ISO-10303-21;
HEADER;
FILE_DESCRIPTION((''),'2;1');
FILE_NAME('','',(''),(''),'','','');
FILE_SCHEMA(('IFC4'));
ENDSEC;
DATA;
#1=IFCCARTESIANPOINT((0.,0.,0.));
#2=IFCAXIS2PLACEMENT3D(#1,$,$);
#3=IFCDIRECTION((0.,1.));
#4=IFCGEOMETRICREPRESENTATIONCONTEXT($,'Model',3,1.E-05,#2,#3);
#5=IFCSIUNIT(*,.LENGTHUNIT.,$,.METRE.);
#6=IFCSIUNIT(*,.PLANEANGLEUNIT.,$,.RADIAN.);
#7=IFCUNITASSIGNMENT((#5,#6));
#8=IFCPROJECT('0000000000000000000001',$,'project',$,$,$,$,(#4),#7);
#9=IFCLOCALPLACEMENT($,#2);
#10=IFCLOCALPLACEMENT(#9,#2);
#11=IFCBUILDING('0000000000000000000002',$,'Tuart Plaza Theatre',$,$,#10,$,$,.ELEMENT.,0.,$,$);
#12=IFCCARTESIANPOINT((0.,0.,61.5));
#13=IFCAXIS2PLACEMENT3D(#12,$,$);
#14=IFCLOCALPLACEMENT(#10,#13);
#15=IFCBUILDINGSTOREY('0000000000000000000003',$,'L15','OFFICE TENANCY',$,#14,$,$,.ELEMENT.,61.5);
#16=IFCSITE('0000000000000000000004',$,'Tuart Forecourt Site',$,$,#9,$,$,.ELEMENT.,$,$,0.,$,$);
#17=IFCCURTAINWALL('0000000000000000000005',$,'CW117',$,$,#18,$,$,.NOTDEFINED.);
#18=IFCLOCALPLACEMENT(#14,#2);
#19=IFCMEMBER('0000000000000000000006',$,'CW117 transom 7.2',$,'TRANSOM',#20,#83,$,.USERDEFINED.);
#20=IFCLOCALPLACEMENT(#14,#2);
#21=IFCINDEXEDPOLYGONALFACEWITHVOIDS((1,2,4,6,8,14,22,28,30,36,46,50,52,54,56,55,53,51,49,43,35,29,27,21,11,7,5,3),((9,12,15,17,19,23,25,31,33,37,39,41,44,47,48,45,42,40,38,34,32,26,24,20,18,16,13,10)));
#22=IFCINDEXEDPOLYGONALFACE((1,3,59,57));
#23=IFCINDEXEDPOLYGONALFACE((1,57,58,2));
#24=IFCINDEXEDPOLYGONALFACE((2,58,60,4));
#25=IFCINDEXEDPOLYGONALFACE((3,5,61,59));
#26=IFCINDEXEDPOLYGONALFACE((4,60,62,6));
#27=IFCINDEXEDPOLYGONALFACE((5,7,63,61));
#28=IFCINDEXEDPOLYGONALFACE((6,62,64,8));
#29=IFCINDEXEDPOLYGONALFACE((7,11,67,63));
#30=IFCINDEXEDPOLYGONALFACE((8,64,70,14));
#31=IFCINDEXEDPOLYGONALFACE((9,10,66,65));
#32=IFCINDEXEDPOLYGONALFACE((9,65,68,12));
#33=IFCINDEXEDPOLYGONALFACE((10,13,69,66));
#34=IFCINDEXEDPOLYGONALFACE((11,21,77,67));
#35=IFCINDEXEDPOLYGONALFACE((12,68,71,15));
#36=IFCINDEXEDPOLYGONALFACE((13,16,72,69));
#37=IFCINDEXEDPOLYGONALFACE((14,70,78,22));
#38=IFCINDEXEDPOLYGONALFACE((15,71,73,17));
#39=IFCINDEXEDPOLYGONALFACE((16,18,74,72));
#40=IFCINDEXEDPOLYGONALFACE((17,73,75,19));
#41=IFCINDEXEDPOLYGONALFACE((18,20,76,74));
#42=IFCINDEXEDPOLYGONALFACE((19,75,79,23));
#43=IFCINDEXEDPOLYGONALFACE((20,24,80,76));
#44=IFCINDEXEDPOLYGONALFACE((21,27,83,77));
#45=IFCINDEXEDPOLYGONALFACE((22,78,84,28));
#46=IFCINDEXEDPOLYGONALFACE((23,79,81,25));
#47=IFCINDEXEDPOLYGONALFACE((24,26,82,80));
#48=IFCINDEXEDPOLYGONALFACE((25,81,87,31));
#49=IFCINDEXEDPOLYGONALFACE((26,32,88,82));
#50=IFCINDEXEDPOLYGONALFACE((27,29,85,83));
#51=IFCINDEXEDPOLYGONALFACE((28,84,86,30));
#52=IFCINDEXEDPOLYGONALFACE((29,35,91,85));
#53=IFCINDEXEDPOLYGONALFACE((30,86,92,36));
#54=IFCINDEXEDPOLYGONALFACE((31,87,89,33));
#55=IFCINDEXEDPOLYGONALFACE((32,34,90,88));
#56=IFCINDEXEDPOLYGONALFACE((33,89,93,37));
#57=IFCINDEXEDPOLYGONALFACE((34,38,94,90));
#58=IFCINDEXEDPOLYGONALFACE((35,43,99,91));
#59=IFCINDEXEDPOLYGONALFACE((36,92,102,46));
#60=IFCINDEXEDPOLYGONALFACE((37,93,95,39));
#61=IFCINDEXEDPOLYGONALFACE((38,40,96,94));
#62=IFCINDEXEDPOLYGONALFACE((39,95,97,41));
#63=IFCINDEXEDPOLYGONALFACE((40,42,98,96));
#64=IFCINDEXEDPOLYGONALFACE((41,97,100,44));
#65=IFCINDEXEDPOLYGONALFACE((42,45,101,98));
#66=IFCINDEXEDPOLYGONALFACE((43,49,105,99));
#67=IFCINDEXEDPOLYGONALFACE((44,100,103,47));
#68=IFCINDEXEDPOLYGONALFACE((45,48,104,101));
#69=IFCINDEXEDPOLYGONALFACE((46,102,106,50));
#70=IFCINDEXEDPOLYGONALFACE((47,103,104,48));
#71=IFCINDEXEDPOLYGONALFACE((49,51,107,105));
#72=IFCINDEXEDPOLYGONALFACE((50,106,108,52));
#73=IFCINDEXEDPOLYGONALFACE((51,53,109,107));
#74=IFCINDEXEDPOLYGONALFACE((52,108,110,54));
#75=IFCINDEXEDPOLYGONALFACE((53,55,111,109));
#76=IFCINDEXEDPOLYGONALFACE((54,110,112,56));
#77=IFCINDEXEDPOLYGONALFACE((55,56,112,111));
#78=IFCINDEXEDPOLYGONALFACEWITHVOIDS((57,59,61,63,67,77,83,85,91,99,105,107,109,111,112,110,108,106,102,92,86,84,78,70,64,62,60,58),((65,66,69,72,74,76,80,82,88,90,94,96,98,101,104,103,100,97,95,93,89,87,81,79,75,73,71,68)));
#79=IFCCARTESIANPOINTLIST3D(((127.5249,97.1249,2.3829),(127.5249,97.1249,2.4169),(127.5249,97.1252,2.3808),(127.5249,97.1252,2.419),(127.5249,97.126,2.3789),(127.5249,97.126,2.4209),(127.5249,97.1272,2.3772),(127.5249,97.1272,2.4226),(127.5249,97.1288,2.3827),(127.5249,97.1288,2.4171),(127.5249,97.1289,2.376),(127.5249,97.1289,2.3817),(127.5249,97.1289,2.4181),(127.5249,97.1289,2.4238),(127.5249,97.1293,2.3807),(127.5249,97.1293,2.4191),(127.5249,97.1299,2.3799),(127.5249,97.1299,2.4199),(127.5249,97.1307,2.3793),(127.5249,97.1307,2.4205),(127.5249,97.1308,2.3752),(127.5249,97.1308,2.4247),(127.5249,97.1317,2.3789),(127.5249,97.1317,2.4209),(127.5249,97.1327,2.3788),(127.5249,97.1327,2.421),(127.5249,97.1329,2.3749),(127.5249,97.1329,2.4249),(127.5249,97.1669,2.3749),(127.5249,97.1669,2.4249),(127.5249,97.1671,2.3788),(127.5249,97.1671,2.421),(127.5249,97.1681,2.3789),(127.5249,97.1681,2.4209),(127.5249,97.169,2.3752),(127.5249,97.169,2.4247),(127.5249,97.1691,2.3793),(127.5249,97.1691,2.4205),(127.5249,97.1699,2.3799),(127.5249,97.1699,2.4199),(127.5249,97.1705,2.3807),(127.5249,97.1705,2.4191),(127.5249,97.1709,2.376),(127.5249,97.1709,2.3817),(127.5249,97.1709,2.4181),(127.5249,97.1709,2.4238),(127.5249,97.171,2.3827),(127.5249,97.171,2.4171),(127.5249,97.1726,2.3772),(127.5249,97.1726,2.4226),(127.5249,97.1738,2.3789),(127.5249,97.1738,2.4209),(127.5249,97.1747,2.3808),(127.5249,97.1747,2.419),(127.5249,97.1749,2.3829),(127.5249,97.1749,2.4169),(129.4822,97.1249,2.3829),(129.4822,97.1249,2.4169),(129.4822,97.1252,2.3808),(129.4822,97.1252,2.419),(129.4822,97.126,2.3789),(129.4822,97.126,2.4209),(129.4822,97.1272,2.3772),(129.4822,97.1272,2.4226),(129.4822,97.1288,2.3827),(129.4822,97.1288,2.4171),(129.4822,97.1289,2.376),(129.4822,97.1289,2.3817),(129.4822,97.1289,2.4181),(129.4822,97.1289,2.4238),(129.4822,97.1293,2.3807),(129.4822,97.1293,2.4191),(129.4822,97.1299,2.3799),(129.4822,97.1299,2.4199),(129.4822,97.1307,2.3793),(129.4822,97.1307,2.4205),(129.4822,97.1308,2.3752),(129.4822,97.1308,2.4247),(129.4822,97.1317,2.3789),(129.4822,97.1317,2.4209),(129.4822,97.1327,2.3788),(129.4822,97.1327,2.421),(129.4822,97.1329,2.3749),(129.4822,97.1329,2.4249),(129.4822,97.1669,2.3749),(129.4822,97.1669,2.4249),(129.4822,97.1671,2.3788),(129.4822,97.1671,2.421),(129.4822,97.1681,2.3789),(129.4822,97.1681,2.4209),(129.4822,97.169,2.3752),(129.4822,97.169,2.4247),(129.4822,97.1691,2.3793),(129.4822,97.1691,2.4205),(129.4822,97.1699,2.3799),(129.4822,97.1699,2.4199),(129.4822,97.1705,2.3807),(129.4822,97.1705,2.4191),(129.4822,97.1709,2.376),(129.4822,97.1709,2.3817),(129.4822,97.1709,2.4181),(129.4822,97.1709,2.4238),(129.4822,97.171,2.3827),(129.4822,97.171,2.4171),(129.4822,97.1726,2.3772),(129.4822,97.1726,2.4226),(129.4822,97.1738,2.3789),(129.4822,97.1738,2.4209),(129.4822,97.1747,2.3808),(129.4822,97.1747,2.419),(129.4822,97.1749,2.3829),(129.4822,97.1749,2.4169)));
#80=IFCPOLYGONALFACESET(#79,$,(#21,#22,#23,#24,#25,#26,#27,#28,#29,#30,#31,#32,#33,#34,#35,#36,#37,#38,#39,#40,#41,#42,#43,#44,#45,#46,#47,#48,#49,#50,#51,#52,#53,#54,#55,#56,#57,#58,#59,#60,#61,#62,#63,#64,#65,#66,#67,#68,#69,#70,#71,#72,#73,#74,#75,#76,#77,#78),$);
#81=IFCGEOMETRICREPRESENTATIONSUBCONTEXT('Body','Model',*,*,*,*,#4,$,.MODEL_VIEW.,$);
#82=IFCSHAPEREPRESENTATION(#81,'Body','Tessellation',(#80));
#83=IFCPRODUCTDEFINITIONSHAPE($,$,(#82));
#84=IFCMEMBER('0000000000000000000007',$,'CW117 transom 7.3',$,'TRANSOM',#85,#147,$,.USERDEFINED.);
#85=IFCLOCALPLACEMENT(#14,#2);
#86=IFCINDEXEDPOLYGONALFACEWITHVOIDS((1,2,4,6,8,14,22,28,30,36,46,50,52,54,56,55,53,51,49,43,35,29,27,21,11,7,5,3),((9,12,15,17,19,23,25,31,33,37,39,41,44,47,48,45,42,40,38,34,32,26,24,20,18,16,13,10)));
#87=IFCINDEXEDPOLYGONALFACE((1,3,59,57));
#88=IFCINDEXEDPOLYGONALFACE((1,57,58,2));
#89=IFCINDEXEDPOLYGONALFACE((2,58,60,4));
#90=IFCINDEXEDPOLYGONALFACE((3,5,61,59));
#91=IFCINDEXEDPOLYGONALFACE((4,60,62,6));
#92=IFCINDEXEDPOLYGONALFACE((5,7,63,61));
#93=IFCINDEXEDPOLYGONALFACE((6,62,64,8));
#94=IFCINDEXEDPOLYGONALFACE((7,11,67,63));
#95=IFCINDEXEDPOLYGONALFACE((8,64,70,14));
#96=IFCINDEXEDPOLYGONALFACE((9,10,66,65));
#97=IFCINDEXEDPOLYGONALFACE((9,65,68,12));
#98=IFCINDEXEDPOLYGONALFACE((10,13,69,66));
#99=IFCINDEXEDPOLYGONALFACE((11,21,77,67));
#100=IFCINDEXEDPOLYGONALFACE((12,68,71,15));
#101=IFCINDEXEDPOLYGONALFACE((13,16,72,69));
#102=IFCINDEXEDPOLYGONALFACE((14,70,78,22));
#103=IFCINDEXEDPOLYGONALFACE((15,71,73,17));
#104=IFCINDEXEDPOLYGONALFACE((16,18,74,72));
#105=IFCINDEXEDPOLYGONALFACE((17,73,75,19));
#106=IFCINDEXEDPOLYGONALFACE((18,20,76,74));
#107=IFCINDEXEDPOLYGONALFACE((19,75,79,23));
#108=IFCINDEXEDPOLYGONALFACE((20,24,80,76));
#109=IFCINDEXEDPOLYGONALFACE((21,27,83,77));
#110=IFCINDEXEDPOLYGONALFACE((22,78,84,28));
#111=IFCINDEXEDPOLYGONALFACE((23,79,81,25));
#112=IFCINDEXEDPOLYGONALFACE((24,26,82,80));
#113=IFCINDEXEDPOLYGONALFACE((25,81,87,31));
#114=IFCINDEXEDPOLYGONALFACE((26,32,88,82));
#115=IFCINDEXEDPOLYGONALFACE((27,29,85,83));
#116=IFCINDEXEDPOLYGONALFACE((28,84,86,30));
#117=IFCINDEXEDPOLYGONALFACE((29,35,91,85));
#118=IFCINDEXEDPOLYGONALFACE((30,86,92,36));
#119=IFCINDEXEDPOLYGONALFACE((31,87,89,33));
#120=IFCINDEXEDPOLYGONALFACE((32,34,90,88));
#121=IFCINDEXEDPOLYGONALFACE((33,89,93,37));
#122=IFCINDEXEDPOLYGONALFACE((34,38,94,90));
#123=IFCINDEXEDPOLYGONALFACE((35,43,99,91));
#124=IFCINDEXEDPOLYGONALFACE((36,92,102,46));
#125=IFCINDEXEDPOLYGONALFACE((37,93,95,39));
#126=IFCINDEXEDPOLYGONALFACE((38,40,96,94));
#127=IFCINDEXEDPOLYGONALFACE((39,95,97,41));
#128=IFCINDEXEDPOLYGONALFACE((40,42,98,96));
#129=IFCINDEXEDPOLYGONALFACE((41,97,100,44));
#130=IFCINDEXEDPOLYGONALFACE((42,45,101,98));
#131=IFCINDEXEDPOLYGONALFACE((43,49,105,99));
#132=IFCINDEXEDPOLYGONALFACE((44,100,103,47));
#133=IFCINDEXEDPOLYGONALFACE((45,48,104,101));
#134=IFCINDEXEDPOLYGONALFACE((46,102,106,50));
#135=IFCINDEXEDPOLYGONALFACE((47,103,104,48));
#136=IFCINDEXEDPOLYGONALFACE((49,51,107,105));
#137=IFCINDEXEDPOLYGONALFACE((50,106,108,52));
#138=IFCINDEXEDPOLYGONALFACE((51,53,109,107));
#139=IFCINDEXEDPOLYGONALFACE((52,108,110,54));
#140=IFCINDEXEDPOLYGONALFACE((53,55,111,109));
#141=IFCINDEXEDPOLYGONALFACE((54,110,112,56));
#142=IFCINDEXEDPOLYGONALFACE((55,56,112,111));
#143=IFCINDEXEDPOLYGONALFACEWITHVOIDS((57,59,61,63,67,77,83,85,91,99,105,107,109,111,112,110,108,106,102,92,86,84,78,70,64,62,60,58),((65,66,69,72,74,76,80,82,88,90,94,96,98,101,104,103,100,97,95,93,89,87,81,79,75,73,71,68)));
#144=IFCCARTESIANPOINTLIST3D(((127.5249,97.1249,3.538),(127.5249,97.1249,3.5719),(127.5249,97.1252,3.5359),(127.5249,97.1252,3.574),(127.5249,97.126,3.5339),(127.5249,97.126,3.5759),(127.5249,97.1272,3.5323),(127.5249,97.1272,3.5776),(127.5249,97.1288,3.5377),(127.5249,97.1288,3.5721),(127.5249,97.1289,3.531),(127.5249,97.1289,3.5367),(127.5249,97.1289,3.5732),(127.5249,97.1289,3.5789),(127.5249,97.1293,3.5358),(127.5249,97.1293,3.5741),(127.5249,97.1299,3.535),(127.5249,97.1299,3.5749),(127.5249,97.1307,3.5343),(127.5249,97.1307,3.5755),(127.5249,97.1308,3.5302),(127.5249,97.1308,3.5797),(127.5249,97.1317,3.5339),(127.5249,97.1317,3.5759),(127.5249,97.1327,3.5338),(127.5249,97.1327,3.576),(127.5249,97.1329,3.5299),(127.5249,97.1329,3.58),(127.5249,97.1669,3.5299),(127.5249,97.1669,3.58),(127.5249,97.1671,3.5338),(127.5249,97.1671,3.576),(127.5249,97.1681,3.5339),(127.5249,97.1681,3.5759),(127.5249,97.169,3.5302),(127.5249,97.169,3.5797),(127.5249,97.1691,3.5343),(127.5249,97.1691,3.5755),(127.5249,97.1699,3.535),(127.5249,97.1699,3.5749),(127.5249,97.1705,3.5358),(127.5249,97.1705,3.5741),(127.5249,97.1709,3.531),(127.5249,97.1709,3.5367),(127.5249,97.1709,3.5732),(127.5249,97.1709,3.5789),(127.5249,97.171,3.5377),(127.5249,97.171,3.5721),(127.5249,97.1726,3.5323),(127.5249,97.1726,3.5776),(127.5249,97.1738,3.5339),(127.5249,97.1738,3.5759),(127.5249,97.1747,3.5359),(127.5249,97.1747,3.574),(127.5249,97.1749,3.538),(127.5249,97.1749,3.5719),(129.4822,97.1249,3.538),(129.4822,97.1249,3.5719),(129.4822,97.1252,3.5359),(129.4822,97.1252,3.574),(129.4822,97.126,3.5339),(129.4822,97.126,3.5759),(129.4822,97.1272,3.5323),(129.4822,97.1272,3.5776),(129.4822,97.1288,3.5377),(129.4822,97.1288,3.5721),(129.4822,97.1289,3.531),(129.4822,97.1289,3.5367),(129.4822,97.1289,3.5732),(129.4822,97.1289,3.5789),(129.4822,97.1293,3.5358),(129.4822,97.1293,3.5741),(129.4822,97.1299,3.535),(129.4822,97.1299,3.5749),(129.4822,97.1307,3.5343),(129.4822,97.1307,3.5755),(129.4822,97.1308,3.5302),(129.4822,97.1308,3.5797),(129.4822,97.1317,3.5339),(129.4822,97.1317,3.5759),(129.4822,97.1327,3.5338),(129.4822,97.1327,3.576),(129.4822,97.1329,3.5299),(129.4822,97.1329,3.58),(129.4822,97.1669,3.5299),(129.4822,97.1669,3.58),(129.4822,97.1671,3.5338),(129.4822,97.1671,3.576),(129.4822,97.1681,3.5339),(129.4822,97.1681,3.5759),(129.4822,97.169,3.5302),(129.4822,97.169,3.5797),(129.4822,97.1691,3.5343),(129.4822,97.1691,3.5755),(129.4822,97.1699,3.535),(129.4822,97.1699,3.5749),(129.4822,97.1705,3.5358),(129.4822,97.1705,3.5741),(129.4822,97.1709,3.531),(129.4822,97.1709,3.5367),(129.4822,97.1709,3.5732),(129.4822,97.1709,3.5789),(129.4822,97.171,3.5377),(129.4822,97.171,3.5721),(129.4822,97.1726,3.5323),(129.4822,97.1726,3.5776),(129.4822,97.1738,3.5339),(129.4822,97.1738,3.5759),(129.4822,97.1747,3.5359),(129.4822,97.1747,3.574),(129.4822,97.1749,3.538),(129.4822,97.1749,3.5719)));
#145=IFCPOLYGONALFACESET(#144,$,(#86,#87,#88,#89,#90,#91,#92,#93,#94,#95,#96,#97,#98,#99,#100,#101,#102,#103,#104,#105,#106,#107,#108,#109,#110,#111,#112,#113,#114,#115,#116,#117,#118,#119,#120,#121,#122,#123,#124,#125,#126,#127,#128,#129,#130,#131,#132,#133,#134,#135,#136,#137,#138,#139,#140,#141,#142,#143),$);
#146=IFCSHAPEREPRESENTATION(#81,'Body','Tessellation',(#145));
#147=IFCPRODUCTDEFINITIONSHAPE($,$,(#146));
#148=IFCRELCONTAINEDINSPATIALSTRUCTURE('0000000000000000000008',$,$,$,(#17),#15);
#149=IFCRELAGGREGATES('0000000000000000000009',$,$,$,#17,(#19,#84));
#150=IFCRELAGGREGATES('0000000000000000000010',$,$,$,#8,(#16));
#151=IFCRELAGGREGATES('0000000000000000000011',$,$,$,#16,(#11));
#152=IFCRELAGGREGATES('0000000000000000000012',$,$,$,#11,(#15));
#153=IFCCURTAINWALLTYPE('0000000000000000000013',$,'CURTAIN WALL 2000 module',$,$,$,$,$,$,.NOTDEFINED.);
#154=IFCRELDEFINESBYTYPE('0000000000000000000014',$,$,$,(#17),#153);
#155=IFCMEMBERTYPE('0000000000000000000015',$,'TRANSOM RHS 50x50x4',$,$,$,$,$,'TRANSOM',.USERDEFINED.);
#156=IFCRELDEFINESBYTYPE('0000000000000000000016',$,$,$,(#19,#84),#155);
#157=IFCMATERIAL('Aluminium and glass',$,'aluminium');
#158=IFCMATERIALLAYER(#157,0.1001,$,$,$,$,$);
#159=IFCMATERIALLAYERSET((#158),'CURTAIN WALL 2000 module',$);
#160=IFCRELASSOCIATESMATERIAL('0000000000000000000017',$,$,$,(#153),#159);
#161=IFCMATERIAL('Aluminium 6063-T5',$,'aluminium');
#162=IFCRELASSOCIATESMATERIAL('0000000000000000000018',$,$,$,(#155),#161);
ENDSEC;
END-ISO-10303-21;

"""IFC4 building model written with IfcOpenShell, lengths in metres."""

from ifc_helpers import new_model, si_unit, direction, frame, origin, origin_2d, place, context, subcontext, project, spatial, hollow_rectangle, extrude, material, layer, layer_set, material_profile, profile_set, type_object, element, aggregate, save


model = new_model("IFC4")

# Units and contexts
model_context = context("Model", 3, precision=1e-05, world=origin(), true_north=direction((0.0, 1.0)))
body_context = subcontext(model_context, "Body", "Model", "MODEL_VIEW")
ifc_project = project(units=[si_unit("LENGTHUNIT", "METRE"), si_unit("PLANEANGLEUNIT", "RADIAN")], contexts=[model_context])

# Site, building, storey
site_placement = place(None, origin())
site = spatial("IfcSite", under=ifc_project, at=site_placement, Name="Tuart Forecourt Site", CompositionType="ELEMENT", RefElevation=0.0)
building_placement = place(site_placement, origin())
building = spatial("IfcBuilding", under=site, at=building_placement, Name="Tuart Plaza Theatre", CompositionType="ELEMENT", ElevationOfRefHeight=0.0)
storey_placement = place(building_placement, frame((0.0, 0.0, 61.5)))
storey = spatial("IfcBuildingStorey", under=building, at=storey_placement, Name="L15", Description="OFFICE TENANCY", CompositionType="ELEMENT", Elevation=61.5)

# Curtain wall, members
ifc_material_1 = material(Name="Aluminium and glass", Category="aluminium")
ifc_layer_1 = layer(ifc_material_1, 0.1001)
ifc_layer_set_1 = layer_set([ifc_layer_1], Name="CURTAIN WALL 2000 module")
curtain_wall_type = type_object("IfcCurtainWallType", Name="CURTAIN WALL 2000 module", PredefinedType="NOTDEFINED", material=ifc_layer_set_1)
curtain_wall_placement = place(storey_placement, origin())
curtain_wall = element("IfcCurtainWall", 1, at=curtain_wall_placement, inside=storey, type_object=curtain_wall_type, Name="CW117", PredefinedType="NOTDEFINED")
ifc_material_2 = material(Name="Aluminium 6063-T5", Category="aluminium")
ifc_material_profile_1 = material_profile(ifc_material_2, hollow_rectangle(XDim=0.05, YDim=0.05, WallThickness=0.0039, InnerFilletRadius=0.0039, OuterFilletRadius=0.0081, at=origin_2d()), Name="RHS 50x50x4")
ifc_profile_set_1 = profile_set([ifc_material_profile_1], Name="Aluminium 6063-T5")
member_type_1 = type_object("IfcMemberType", Name="TRANSOM RHS 50x50x4", ElementType="TRANSOM", PredefinedType="USERDEFINED", material=ifc_profile_set_1)
member_1_placement = place(storey_placement, frame((129.4822, 97.1499, 2.3999), z_axis=(-1.0, 0.0, 0.0), x_axis=(0.0, -1.0, 0.0)))
member_1 = element("IfcMember", 2, at=member_1_placement, type_object=member_type_1, Name="CW117 transom 7.2", ObjectType="TRANSOM", PredefinedType="USERDEFINED", context=body_context, shape_type="SweptSolid", body=[
    extrude(hollow_rectangle(XDim=0.05, YDim=0.05, WallThickness=0.0039, InnerFilletRadius=0.0039, OuterFilletRadius=0.0081, at=origin_2d()), origin(), (0.0, 0.0, 1.0), 1.9573),
])
member_2_placement = place(storey_placement, frame((129.4822, 97.1499, 3.5549), z_axis=(-1.0, 0.0, 0.0), x_axis=(0.0, -1.0, 0.0)))
member_2 = element("IfcMember", 3, at=member_2_placement, type_object=member_type_1, Name="CW117 transom 7.3", ObjectType="TRANSOM", PredefinedType="USERDEFINED", context=body_context, shape_type="SweptSolid", body=[
    extrude(hollow_rectangle(XDim=0.05, YDim=0.05, WallThickness=0.0039, InnerFilletRadius=0.0039, OuterFilletRadius=0.0081, at=origin_2d()), origin(), (0.0, 0.0, 1.0), 1.9573),
])
aggregate(curtain_wall, [member_1, member_2])

save(model, "model.ifc")
